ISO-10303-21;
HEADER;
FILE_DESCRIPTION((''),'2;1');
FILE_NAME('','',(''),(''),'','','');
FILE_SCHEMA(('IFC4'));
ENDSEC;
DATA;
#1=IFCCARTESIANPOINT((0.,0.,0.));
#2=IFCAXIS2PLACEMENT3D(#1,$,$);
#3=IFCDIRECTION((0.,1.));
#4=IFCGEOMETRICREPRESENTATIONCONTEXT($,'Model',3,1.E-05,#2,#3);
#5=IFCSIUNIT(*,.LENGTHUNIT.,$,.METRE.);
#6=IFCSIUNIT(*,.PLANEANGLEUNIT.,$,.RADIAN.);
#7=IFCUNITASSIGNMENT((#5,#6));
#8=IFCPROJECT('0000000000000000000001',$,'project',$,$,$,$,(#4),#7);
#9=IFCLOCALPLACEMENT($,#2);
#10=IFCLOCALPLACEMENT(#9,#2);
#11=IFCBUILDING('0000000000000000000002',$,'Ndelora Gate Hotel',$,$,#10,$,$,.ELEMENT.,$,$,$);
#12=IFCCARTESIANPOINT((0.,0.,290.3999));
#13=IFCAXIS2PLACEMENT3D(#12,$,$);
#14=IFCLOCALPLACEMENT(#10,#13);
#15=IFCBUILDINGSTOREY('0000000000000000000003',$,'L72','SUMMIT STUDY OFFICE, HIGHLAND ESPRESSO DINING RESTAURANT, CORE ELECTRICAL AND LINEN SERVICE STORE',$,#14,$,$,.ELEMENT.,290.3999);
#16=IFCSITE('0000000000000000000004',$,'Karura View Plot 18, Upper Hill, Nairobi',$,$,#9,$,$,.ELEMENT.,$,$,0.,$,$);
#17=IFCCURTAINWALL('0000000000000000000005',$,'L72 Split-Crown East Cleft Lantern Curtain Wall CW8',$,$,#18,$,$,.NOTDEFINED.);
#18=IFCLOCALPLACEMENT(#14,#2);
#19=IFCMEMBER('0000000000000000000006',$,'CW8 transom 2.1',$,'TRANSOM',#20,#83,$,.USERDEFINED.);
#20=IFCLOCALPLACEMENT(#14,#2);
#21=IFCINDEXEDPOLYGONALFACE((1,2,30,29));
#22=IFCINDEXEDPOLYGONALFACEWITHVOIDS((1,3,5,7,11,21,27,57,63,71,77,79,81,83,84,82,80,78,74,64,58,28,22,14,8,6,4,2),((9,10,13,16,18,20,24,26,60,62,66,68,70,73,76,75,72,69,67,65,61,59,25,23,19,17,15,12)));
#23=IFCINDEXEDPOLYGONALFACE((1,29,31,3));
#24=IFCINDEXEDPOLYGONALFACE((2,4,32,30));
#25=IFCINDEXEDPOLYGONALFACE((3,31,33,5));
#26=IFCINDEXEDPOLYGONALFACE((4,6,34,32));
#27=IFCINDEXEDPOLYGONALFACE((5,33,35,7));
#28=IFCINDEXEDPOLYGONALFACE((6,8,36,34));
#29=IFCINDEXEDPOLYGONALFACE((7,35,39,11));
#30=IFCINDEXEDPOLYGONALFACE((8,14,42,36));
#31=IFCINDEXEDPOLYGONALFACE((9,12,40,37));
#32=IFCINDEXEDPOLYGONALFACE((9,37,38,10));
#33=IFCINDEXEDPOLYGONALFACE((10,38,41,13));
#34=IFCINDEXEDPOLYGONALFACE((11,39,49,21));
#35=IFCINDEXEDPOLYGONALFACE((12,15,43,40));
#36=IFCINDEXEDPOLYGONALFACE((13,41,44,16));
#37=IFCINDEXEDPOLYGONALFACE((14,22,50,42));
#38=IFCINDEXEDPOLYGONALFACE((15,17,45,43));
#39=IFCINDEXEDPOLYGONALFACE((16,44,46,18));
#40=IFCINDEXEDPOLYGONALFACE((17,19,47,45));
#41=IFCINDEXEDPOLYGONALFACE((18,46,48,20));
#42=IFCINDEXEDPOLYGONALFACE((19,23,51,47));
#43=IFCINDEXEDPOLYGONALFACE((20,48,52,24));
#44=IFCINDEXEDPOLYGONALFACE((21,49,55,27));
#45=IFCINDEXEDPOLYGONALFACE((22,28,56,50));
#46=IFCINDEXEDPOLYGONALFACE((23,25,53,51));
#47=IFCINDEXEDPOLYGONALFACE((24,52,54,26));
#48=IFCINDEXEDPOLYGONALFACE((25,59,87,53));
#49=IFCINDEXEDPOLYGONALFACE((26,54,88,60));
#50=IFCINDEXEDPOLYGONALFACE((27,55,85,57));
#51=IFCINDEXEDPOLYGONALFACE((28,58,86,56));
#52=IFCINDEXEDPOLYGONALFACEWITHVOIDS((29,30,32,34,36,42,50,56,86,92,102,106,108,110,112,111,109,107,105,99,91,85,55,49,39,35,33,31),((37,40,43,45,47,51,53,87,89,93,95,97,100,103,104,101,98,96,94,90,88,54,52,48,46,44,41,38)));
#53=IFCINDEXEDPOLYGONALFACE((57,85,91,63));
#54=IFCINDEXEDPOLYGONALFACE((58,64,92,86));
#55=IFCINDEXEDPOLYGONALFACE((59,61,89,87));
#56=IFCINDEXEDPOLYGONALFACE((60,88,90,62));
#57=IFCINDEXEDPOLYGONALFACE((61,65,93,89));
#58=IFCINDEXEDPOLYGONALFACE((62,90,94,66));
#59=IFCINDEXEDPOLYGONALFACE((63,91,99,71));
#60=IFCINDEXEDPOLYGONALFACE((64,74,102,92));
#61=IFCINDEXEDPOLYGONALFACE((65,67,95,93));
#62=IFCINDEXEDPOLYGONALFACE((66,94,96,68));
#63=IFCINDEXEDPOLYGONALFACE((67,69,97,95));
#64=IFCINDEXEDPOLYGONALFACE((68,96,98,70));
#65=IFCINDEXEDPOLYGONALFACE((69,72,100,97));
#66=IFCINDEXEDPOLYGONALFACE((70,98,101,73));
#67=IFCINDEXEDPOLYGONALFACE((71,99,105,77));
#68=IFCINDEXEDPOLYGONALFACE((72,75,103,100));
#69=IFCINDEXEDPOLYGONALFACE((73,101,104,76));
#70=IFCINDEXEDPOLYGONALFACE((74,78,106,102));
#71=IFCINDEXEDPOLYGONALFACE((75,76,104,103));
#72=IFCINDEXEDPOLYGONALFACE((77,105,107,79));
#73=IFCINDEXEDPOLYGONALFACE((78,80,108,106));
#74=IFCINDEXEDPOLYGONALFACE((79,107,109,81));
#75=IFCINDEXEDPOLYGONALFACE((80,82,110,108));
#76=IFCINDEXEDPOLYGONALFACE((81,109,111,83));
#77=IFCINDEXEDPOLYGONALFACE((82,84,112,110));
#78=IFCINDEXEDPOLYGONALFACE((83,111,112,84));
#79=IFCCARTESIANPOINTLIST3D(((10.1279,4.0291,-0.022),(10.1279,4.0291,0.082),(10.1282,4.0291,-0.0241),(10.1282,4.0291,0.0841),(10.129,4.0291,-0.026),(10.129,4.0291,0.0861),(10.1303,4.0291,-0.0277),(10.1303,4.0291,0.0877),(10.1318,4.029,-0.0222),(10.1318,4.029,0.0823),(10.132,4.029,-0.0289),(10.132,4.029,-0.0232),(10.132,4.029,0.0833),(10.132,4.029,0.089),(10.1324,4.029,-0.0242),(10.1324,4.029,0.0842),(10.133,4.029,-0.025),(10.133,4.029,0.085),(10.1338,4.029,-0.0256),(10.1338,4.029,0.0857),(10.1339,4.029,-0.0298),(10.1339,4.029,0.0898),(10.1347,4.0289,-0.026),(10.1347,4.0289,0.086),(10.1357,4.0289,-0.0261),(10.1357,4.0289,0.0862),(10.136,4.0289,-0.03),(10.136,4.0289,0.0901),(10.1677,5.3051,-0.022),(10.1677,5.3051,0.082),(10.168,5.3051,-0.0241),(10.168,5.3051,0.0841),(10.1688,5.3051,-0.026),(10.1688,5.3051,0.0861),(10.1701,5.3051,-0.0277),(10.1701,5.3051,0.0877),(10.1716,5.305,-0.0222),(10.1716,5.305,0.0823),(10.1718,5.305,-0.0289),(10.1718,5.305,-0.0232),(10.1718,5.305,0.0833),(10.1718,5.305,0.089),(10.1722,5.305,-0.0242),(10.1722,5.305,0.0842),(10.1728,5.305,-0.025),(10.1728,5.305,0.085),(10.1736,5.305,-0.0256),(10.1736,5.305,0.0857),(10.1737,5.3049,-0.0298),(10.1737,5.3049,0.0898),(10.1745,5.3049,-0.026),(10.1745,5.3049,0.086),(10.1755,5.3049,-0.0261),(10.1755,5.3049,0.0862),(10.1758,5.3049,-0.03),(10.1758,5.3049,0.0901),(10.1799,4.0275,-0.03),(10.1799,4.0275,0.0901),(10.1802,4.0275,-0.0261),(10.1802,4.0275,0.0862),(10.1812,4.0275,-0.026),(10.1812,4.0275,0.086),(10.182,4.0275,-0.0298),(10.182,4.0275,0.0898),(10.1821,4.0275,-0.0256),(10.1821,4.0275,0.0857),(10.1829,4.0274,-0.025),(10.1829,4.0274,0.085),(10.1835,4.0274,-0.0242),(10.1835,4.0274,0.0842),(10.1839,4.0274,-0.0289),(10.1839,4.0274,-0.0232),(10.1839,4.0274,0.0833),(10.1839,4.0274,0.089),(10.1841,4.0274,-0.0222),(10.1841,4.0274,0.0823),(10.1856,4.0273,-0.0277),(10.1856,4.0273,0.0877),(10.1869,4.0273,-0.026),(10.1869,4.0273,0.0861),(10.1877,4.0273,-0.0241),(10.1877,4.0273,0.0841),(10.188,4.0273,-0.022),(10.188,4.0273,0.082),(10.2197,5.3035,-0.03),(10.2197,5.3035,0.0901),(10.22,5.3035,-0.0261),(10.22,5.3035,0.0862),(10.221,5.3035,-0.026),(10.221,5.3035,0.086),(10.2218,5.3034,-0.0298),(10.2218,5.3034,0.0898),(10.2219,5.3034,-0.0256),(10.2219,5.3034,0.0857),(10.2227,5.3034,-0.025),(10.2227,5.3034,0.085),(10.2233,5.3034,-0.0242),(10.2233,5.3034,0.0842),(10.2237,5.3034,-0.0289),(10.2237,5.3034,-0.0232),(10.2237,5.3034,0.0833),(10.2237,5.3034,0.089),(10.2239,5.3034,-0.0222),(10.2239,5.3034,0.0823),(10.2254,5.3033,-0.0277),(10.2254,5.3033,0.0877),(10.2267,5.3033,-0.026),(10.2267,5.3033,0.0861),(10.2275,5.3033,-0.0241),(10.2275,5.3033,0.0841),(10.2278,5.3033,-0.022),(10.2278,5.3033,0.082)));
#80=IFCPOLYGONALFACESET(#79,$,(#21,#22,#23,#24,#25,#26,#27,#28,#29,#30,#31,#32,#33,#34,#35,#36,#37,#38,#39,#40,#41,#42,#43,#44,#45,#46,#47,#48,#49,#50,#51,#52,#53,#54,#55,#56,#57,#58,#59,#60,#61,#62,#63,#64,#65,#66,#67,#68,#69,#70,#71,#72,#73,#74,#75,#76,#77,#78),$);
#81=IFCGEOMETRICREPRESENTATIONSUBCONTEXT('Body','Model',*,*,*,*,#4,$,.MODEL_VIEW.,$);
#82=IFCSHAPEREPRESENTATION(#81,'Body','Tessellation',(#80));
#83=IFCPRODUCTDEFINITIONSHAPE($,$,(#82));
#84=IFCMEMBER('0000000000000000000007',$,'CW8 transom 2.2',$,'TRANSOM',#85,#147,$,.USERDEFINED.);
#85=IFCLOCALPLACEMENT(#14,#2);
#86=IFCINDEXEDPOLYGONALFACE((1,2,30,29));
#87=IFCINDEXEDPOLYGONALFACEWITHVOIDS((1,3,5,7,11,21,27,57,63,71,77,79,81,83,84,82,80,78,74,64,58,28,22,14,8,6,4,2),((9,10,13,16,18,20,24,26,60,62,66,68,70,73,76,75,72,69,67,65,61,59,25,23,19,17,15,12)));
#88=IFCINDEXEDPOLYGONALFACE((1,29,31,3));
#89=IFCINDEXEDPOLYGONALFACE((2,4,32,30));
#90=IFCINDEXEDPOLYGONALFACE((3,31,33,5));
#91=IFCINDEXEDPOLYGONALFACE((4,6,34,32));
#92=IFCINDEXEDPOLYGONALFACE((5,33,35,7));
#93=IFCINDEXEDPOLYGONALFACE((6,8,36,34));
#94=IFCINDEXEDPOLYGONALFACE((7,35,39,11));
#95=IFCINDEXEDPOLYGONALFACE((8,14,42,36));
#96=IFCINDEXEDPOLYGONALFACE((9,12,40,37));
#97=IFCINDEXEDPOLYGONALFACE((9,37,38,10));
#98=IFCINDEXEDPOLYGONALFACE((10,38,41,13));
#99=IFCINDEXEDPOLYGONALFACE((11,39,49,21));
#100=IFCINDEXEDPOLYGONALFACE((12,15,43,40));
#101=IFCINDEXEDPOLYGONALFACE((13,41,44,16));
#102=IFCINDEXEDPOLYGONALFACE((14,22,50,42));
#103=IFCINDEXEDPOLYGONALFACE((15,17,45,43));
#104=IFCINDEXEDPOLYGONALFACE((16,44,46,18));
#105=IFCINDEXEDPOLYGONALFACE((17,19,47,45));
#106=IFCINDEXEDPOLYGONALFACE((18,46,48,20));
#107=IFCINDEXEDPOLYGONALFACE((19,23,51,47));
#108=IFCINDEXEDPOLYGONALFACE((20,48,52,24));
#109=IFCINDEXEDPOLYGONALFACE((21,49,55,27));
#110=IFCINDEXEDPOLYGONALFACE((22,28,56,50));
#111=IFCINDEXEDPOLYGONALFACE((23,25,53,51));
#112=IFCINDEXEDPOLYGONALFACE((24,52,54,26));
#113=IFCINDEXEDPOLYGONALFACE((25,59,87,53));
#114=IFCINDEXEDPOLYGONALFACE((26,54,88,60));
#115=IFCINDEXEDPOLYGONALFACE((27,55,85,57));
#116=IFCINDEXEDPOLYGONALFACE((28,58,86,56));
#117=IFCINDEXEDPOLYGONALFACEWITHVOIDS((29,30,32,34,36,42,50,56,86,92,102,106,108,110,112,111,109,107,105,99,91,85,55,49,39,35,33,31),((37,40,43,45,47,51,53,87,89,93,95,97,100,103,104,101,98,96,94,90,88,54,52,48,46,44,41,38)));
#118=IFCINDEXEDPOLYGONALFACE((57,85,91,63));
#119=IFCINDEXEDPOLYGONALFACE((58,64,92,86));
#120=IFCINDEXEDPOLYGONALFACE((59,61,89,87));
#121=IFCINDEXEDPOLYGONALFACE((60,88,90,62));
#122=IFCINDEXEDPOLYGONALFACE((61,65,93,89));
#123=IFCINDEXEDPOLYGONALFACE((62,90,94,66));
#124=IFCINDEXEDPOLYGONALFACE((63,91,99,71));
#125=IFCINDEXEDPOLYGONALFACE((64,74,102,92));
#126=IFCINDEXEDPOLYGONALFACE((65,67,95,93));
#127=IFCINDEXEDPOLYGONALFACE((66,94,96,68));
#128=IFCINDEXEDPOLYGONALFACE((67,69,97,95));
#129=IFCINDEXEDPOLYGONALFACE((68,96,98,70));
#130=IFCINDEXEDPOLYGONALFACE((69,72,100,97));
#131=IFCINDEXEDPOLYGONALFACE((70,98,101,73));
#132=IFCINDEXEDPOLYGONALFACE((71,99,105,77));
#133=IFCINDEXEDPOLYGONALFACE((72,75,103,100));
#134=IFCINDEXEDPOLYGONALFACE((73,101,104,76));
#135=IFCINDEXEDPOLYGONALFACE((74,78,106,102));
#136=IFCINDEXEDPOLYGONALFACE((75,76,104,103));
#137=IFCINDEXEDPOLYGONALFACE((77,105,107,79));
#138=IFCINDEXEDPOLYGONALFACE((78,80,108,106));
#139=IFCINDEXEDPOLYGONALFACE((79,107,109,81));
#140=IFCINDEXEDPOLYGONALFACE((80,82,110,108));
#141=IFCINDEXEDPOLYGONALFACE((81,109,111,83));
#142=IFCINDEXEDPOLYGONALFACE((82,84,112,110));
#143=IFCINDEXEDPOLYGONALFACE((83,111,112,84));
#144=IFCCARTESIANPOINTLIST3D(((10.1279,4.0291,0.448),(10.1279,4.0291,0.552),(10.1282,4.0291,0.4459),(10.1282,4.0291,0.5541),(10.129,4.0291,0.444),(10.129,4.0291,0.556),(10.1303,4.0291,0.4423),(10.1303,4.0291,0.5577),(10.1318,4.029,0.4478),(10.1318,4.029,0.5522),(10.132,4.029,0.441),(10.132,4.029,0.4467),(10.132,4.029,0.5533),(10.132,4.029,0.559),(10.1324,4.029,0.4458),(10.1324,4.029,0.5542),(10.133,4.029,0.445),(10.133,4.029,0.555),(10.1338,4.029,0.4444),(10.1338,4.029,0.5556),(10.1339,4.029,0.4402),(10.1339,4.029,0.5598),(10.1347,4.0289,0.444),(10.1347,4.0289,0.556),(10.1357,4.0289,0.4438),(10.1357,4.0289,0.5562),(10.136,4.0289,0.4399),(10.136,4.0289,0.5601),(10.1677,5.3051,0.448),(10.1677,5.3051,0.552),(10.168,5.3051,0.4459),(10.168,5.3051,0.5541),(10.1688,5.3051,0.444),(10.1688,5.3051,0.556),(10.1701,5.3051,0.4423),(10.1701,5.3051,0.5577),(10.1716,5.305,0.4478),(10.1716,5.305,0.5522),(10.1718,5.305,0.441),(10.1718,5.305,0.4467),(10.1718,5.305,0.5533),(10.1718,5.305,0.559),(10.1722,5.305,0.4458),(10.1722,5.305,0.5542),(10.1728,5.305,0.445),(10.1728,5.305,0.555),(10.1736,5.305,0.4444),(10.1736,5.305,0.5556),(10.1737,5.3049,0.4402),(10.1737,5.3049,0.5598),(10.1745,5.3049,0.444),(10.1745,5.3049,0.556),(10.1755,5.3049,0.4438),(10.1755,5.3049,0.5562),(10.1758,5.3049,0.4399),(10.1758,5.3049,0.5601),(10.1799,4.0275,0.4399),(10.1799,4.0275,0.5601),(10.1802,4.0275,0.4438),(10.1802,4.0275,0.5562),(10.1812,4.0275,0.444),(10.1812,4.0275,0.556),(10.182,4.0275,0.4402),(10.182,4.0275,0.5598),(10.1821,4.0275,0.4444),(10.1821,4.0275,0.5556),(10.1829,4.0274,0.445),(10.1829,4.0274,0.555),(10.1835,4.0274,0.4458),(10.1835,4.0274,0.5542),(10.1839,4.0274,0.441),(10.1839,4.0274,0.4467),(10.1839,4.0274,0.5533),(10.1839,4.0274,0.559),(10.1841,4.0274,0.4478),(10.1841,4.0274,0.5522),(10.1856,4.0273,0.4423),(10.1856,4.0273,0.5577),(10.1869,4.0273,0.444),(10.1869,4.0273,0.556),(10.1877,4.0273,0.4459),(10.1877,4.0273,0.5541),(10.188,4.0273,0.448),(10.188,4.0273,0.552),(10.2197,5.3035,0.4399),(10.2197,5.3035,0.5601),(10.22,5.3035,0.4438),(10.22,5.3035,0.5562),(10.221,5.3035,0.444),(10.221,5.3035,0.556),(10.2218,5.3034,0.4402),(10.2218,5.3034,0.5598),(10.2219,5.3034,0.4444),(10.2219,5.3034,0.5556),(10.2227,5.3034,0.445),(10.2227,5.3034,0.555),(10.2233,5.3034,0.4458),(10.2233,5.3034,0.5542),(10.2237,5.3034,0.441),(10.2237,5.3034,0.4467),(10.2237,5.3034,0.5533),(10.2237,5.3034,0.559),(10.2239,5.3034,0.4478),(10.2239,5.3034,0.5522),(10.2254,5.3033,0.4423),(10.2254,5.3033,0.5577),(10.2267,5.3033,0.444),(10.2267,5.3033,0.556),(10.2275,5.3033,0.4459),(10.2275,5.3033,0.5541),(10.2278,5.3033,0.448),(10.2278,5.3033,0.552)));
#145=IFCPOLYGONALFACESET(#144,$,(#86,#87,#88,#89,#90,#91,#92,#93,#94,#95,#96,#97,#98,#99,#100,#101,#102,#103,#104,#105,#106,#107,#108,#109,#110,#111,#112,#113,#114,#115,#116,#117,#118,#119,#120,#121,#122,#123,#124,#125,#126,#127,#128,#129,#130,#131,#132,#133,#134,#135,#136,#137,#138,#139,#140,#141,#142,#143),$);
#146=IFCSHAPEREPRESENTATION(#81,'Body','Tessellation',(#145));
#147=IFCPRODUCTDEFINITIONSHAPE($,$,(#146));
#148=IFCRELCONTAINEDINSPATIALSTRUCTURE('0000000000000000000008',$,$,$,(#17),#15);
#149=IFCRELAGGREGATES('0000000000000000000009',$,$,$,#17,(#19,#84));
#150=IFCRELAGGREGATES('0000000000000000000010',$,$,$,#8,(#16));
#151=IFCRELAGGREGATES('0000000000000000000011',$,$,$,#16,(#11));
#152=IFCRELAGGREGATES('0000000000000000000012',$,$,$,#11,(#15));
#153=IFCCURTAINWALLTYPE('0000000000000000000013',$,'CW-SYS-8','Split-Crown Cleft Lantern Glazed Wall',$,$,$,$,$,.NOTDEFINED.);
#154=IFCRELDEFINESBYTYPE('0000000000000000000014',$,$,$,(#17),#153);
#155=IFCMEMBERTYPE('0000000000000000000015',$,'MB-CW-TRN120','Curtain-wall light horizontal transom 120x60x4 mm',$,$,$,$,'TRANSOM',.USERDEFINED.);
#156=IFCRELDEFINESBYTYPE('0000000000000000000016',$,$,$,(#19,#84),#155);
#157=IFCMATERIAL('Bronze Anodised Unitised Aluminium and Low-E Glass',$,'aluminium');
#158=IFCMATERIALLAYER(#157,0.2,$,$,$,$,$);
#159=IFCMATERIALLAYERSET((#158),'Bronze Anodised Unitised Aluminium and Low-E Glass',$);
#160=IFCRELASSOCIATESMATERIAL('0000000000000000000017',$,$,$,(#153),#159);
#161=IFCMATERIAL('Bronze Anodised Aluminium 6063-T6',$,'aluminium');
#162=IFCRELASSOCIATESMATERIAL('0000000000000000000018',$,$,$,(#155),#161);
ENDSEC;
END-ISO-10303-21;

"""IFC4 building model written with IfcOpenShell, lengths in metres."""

from ifc_helpers import new_model, si_unit, direction, frame, origin, origin_2d, place, context, subcontext, project, spatial, hollow_rectangle, extrude, material, layer, layer_set, material_profile, profile_set, type_object, element, aggregate, save


model = new_model("IFC4")

# Units and contexts
model_context = context("Model", 3, precision=1e-05, world=origin(), true_north=direction((0.0, 1.0)))
body_context = subcontext(model_context, "Body", "Model", "MODEL_VIEW")
ifc_project = project(units=[si_unit("LENGTHUNIT", "METRE"), si_unit("PLANEANGLEUNIT", "RADIAN")], contexts=[model_context])

# Site, building, storey
site_placement = place(None, origin())
site = spatial("IfcSite", under=ifc_project, at=site_placement, Name="Karura View Plot 18, Upper Hill, Nairobi", CompositionType="ELEMENT", RefElevation=0.0)
building_placement = place(site_placement, origin())
building = spatial("IfcBuilding", under=site, at=building_placement, Name="Ndelora Gate Hotel", CompositionType="ELEMENT")
storey_placement = place(building_placement, frame((0.0, 0.0, 290.3999)))
storey = spatial("IfcBuildingStorey", under=building, at=storey_placement, Name="L72", Description="SUMMIT STUDY OFFICE, HIGHLAND ESPRESSO DINING RESTAURANT, CORE ELECTRICAL AND LINEN SERVICE STORE", CompositionType="ELEMENT", Elevation=290.3999)

# Curtain wall
ifc_material_1 = material(Name="Bronze Anodised Unitised Aluminium and Low-E Glass", Category="aluminium")
ifc_layer_1 = layer(ifc_material_1, 0.2)
ifc_layer_set_1 = layer_set([ifc_layer_1], Name="Bronze Anodised Unitised Aluminium and Low-E Glass")
curtain_wall_type = type_object("IfcCurtainWallType", Name="CW-SYS-8", Description="Split-Crown Cleft Lantern Glazed Wall", PredefinedType="NOTDEFINED", material=ifc_layer_set_1)
ifc_material_2 = material(Name="Bronze Anodised Aluminium 6063-T6", Category="aluminium")
curtain_wall_1_placement = place(storey_placement, origin())
curtain_wall_1 = element("IfcCurtainWall", 1, at=curtain_wall_1_placement, inside=storey, type_object=curtain_wall_type, Name="L72 Split-Crown East Cleft Lantern Curtain Wall CW8", PredefinedType="NOTDEFINED")

# Members
ifc_material_profile_1 = material_profile(ifc_material_2, hollow_rectangle(XDim=0.0601, YDim=0.1201, WallThickness=0.0039, InnerFilletRadius=0.0039, OuterFilletRadius=0.0081, at=origin_2d()), Name="ALU 120x60x4")
ifc_profile_set_1 = profile_set([ifc_material_profile_1], Name="Bronze Anodised Aluminium 6063-T6")
member_type_1 = type_object("IfcMemberType", Name="MB-CW-TRN120", Description="Curtain-wall light horizontal transom 120x60x4 mm", ElementType="TRANSOM", PredefinedType="USERDEFINED", material=ifc_profile_set_1)
member_1_placement = place(storey_placement, frame((10.1978, 5.3042, 0.03), z_axis=(-0.031175, -0.999514, 0.0), x_axis=(0.999514, -0.031175, 0.0)))
member_1 = element("IfcMember", 2, at=member_1_placement, type_object=member_type_1, Name="CW8 transom 2.1", ObjectType="TRANSOM", PredefinedType="USERDEFINED", context=body_context, shape_type="SweptSolid", body=[
    extrude(hollow_rectangle(XDim=0.0601, YDim=0.1201, WallThickness=0.0039, InnerFilletRadius=0.0039, OuterFilletRadius=0.0081, at=origin_2d()), origin(), (0.0, 0.0, 1.0), 1.2766),
])
member_2_placement = place(storey_placement, frame((10.1978, 5.3042, 0.5), z_axis=(-0.031175, -0.999514, 0.0), x_axis=(0.999514, -0.031175, 0.0)))
member_2 = element("IfcMember", 3, at=member_2_placement, type_object=member_type_1, Name="CW8 transom 2.2", ObjectType="TRANSOM", PredefinedType="USERDEFINED", context=body_context, shape_type="SweptSolid", body=[
    extrude(hollow_rectangle(XDim=0.0601, YDim=0.1201, WallThickness=0.0039, InnerFilletRadius=0.0039, OuterFilletRadius=0.0081, at=origin_2d()), origin(), (0.0, 0.0, 1.0), 1.2766),
])

aggregate(curtain_wall_1, [member_1, member_2])

save(model, "model.ifc")
